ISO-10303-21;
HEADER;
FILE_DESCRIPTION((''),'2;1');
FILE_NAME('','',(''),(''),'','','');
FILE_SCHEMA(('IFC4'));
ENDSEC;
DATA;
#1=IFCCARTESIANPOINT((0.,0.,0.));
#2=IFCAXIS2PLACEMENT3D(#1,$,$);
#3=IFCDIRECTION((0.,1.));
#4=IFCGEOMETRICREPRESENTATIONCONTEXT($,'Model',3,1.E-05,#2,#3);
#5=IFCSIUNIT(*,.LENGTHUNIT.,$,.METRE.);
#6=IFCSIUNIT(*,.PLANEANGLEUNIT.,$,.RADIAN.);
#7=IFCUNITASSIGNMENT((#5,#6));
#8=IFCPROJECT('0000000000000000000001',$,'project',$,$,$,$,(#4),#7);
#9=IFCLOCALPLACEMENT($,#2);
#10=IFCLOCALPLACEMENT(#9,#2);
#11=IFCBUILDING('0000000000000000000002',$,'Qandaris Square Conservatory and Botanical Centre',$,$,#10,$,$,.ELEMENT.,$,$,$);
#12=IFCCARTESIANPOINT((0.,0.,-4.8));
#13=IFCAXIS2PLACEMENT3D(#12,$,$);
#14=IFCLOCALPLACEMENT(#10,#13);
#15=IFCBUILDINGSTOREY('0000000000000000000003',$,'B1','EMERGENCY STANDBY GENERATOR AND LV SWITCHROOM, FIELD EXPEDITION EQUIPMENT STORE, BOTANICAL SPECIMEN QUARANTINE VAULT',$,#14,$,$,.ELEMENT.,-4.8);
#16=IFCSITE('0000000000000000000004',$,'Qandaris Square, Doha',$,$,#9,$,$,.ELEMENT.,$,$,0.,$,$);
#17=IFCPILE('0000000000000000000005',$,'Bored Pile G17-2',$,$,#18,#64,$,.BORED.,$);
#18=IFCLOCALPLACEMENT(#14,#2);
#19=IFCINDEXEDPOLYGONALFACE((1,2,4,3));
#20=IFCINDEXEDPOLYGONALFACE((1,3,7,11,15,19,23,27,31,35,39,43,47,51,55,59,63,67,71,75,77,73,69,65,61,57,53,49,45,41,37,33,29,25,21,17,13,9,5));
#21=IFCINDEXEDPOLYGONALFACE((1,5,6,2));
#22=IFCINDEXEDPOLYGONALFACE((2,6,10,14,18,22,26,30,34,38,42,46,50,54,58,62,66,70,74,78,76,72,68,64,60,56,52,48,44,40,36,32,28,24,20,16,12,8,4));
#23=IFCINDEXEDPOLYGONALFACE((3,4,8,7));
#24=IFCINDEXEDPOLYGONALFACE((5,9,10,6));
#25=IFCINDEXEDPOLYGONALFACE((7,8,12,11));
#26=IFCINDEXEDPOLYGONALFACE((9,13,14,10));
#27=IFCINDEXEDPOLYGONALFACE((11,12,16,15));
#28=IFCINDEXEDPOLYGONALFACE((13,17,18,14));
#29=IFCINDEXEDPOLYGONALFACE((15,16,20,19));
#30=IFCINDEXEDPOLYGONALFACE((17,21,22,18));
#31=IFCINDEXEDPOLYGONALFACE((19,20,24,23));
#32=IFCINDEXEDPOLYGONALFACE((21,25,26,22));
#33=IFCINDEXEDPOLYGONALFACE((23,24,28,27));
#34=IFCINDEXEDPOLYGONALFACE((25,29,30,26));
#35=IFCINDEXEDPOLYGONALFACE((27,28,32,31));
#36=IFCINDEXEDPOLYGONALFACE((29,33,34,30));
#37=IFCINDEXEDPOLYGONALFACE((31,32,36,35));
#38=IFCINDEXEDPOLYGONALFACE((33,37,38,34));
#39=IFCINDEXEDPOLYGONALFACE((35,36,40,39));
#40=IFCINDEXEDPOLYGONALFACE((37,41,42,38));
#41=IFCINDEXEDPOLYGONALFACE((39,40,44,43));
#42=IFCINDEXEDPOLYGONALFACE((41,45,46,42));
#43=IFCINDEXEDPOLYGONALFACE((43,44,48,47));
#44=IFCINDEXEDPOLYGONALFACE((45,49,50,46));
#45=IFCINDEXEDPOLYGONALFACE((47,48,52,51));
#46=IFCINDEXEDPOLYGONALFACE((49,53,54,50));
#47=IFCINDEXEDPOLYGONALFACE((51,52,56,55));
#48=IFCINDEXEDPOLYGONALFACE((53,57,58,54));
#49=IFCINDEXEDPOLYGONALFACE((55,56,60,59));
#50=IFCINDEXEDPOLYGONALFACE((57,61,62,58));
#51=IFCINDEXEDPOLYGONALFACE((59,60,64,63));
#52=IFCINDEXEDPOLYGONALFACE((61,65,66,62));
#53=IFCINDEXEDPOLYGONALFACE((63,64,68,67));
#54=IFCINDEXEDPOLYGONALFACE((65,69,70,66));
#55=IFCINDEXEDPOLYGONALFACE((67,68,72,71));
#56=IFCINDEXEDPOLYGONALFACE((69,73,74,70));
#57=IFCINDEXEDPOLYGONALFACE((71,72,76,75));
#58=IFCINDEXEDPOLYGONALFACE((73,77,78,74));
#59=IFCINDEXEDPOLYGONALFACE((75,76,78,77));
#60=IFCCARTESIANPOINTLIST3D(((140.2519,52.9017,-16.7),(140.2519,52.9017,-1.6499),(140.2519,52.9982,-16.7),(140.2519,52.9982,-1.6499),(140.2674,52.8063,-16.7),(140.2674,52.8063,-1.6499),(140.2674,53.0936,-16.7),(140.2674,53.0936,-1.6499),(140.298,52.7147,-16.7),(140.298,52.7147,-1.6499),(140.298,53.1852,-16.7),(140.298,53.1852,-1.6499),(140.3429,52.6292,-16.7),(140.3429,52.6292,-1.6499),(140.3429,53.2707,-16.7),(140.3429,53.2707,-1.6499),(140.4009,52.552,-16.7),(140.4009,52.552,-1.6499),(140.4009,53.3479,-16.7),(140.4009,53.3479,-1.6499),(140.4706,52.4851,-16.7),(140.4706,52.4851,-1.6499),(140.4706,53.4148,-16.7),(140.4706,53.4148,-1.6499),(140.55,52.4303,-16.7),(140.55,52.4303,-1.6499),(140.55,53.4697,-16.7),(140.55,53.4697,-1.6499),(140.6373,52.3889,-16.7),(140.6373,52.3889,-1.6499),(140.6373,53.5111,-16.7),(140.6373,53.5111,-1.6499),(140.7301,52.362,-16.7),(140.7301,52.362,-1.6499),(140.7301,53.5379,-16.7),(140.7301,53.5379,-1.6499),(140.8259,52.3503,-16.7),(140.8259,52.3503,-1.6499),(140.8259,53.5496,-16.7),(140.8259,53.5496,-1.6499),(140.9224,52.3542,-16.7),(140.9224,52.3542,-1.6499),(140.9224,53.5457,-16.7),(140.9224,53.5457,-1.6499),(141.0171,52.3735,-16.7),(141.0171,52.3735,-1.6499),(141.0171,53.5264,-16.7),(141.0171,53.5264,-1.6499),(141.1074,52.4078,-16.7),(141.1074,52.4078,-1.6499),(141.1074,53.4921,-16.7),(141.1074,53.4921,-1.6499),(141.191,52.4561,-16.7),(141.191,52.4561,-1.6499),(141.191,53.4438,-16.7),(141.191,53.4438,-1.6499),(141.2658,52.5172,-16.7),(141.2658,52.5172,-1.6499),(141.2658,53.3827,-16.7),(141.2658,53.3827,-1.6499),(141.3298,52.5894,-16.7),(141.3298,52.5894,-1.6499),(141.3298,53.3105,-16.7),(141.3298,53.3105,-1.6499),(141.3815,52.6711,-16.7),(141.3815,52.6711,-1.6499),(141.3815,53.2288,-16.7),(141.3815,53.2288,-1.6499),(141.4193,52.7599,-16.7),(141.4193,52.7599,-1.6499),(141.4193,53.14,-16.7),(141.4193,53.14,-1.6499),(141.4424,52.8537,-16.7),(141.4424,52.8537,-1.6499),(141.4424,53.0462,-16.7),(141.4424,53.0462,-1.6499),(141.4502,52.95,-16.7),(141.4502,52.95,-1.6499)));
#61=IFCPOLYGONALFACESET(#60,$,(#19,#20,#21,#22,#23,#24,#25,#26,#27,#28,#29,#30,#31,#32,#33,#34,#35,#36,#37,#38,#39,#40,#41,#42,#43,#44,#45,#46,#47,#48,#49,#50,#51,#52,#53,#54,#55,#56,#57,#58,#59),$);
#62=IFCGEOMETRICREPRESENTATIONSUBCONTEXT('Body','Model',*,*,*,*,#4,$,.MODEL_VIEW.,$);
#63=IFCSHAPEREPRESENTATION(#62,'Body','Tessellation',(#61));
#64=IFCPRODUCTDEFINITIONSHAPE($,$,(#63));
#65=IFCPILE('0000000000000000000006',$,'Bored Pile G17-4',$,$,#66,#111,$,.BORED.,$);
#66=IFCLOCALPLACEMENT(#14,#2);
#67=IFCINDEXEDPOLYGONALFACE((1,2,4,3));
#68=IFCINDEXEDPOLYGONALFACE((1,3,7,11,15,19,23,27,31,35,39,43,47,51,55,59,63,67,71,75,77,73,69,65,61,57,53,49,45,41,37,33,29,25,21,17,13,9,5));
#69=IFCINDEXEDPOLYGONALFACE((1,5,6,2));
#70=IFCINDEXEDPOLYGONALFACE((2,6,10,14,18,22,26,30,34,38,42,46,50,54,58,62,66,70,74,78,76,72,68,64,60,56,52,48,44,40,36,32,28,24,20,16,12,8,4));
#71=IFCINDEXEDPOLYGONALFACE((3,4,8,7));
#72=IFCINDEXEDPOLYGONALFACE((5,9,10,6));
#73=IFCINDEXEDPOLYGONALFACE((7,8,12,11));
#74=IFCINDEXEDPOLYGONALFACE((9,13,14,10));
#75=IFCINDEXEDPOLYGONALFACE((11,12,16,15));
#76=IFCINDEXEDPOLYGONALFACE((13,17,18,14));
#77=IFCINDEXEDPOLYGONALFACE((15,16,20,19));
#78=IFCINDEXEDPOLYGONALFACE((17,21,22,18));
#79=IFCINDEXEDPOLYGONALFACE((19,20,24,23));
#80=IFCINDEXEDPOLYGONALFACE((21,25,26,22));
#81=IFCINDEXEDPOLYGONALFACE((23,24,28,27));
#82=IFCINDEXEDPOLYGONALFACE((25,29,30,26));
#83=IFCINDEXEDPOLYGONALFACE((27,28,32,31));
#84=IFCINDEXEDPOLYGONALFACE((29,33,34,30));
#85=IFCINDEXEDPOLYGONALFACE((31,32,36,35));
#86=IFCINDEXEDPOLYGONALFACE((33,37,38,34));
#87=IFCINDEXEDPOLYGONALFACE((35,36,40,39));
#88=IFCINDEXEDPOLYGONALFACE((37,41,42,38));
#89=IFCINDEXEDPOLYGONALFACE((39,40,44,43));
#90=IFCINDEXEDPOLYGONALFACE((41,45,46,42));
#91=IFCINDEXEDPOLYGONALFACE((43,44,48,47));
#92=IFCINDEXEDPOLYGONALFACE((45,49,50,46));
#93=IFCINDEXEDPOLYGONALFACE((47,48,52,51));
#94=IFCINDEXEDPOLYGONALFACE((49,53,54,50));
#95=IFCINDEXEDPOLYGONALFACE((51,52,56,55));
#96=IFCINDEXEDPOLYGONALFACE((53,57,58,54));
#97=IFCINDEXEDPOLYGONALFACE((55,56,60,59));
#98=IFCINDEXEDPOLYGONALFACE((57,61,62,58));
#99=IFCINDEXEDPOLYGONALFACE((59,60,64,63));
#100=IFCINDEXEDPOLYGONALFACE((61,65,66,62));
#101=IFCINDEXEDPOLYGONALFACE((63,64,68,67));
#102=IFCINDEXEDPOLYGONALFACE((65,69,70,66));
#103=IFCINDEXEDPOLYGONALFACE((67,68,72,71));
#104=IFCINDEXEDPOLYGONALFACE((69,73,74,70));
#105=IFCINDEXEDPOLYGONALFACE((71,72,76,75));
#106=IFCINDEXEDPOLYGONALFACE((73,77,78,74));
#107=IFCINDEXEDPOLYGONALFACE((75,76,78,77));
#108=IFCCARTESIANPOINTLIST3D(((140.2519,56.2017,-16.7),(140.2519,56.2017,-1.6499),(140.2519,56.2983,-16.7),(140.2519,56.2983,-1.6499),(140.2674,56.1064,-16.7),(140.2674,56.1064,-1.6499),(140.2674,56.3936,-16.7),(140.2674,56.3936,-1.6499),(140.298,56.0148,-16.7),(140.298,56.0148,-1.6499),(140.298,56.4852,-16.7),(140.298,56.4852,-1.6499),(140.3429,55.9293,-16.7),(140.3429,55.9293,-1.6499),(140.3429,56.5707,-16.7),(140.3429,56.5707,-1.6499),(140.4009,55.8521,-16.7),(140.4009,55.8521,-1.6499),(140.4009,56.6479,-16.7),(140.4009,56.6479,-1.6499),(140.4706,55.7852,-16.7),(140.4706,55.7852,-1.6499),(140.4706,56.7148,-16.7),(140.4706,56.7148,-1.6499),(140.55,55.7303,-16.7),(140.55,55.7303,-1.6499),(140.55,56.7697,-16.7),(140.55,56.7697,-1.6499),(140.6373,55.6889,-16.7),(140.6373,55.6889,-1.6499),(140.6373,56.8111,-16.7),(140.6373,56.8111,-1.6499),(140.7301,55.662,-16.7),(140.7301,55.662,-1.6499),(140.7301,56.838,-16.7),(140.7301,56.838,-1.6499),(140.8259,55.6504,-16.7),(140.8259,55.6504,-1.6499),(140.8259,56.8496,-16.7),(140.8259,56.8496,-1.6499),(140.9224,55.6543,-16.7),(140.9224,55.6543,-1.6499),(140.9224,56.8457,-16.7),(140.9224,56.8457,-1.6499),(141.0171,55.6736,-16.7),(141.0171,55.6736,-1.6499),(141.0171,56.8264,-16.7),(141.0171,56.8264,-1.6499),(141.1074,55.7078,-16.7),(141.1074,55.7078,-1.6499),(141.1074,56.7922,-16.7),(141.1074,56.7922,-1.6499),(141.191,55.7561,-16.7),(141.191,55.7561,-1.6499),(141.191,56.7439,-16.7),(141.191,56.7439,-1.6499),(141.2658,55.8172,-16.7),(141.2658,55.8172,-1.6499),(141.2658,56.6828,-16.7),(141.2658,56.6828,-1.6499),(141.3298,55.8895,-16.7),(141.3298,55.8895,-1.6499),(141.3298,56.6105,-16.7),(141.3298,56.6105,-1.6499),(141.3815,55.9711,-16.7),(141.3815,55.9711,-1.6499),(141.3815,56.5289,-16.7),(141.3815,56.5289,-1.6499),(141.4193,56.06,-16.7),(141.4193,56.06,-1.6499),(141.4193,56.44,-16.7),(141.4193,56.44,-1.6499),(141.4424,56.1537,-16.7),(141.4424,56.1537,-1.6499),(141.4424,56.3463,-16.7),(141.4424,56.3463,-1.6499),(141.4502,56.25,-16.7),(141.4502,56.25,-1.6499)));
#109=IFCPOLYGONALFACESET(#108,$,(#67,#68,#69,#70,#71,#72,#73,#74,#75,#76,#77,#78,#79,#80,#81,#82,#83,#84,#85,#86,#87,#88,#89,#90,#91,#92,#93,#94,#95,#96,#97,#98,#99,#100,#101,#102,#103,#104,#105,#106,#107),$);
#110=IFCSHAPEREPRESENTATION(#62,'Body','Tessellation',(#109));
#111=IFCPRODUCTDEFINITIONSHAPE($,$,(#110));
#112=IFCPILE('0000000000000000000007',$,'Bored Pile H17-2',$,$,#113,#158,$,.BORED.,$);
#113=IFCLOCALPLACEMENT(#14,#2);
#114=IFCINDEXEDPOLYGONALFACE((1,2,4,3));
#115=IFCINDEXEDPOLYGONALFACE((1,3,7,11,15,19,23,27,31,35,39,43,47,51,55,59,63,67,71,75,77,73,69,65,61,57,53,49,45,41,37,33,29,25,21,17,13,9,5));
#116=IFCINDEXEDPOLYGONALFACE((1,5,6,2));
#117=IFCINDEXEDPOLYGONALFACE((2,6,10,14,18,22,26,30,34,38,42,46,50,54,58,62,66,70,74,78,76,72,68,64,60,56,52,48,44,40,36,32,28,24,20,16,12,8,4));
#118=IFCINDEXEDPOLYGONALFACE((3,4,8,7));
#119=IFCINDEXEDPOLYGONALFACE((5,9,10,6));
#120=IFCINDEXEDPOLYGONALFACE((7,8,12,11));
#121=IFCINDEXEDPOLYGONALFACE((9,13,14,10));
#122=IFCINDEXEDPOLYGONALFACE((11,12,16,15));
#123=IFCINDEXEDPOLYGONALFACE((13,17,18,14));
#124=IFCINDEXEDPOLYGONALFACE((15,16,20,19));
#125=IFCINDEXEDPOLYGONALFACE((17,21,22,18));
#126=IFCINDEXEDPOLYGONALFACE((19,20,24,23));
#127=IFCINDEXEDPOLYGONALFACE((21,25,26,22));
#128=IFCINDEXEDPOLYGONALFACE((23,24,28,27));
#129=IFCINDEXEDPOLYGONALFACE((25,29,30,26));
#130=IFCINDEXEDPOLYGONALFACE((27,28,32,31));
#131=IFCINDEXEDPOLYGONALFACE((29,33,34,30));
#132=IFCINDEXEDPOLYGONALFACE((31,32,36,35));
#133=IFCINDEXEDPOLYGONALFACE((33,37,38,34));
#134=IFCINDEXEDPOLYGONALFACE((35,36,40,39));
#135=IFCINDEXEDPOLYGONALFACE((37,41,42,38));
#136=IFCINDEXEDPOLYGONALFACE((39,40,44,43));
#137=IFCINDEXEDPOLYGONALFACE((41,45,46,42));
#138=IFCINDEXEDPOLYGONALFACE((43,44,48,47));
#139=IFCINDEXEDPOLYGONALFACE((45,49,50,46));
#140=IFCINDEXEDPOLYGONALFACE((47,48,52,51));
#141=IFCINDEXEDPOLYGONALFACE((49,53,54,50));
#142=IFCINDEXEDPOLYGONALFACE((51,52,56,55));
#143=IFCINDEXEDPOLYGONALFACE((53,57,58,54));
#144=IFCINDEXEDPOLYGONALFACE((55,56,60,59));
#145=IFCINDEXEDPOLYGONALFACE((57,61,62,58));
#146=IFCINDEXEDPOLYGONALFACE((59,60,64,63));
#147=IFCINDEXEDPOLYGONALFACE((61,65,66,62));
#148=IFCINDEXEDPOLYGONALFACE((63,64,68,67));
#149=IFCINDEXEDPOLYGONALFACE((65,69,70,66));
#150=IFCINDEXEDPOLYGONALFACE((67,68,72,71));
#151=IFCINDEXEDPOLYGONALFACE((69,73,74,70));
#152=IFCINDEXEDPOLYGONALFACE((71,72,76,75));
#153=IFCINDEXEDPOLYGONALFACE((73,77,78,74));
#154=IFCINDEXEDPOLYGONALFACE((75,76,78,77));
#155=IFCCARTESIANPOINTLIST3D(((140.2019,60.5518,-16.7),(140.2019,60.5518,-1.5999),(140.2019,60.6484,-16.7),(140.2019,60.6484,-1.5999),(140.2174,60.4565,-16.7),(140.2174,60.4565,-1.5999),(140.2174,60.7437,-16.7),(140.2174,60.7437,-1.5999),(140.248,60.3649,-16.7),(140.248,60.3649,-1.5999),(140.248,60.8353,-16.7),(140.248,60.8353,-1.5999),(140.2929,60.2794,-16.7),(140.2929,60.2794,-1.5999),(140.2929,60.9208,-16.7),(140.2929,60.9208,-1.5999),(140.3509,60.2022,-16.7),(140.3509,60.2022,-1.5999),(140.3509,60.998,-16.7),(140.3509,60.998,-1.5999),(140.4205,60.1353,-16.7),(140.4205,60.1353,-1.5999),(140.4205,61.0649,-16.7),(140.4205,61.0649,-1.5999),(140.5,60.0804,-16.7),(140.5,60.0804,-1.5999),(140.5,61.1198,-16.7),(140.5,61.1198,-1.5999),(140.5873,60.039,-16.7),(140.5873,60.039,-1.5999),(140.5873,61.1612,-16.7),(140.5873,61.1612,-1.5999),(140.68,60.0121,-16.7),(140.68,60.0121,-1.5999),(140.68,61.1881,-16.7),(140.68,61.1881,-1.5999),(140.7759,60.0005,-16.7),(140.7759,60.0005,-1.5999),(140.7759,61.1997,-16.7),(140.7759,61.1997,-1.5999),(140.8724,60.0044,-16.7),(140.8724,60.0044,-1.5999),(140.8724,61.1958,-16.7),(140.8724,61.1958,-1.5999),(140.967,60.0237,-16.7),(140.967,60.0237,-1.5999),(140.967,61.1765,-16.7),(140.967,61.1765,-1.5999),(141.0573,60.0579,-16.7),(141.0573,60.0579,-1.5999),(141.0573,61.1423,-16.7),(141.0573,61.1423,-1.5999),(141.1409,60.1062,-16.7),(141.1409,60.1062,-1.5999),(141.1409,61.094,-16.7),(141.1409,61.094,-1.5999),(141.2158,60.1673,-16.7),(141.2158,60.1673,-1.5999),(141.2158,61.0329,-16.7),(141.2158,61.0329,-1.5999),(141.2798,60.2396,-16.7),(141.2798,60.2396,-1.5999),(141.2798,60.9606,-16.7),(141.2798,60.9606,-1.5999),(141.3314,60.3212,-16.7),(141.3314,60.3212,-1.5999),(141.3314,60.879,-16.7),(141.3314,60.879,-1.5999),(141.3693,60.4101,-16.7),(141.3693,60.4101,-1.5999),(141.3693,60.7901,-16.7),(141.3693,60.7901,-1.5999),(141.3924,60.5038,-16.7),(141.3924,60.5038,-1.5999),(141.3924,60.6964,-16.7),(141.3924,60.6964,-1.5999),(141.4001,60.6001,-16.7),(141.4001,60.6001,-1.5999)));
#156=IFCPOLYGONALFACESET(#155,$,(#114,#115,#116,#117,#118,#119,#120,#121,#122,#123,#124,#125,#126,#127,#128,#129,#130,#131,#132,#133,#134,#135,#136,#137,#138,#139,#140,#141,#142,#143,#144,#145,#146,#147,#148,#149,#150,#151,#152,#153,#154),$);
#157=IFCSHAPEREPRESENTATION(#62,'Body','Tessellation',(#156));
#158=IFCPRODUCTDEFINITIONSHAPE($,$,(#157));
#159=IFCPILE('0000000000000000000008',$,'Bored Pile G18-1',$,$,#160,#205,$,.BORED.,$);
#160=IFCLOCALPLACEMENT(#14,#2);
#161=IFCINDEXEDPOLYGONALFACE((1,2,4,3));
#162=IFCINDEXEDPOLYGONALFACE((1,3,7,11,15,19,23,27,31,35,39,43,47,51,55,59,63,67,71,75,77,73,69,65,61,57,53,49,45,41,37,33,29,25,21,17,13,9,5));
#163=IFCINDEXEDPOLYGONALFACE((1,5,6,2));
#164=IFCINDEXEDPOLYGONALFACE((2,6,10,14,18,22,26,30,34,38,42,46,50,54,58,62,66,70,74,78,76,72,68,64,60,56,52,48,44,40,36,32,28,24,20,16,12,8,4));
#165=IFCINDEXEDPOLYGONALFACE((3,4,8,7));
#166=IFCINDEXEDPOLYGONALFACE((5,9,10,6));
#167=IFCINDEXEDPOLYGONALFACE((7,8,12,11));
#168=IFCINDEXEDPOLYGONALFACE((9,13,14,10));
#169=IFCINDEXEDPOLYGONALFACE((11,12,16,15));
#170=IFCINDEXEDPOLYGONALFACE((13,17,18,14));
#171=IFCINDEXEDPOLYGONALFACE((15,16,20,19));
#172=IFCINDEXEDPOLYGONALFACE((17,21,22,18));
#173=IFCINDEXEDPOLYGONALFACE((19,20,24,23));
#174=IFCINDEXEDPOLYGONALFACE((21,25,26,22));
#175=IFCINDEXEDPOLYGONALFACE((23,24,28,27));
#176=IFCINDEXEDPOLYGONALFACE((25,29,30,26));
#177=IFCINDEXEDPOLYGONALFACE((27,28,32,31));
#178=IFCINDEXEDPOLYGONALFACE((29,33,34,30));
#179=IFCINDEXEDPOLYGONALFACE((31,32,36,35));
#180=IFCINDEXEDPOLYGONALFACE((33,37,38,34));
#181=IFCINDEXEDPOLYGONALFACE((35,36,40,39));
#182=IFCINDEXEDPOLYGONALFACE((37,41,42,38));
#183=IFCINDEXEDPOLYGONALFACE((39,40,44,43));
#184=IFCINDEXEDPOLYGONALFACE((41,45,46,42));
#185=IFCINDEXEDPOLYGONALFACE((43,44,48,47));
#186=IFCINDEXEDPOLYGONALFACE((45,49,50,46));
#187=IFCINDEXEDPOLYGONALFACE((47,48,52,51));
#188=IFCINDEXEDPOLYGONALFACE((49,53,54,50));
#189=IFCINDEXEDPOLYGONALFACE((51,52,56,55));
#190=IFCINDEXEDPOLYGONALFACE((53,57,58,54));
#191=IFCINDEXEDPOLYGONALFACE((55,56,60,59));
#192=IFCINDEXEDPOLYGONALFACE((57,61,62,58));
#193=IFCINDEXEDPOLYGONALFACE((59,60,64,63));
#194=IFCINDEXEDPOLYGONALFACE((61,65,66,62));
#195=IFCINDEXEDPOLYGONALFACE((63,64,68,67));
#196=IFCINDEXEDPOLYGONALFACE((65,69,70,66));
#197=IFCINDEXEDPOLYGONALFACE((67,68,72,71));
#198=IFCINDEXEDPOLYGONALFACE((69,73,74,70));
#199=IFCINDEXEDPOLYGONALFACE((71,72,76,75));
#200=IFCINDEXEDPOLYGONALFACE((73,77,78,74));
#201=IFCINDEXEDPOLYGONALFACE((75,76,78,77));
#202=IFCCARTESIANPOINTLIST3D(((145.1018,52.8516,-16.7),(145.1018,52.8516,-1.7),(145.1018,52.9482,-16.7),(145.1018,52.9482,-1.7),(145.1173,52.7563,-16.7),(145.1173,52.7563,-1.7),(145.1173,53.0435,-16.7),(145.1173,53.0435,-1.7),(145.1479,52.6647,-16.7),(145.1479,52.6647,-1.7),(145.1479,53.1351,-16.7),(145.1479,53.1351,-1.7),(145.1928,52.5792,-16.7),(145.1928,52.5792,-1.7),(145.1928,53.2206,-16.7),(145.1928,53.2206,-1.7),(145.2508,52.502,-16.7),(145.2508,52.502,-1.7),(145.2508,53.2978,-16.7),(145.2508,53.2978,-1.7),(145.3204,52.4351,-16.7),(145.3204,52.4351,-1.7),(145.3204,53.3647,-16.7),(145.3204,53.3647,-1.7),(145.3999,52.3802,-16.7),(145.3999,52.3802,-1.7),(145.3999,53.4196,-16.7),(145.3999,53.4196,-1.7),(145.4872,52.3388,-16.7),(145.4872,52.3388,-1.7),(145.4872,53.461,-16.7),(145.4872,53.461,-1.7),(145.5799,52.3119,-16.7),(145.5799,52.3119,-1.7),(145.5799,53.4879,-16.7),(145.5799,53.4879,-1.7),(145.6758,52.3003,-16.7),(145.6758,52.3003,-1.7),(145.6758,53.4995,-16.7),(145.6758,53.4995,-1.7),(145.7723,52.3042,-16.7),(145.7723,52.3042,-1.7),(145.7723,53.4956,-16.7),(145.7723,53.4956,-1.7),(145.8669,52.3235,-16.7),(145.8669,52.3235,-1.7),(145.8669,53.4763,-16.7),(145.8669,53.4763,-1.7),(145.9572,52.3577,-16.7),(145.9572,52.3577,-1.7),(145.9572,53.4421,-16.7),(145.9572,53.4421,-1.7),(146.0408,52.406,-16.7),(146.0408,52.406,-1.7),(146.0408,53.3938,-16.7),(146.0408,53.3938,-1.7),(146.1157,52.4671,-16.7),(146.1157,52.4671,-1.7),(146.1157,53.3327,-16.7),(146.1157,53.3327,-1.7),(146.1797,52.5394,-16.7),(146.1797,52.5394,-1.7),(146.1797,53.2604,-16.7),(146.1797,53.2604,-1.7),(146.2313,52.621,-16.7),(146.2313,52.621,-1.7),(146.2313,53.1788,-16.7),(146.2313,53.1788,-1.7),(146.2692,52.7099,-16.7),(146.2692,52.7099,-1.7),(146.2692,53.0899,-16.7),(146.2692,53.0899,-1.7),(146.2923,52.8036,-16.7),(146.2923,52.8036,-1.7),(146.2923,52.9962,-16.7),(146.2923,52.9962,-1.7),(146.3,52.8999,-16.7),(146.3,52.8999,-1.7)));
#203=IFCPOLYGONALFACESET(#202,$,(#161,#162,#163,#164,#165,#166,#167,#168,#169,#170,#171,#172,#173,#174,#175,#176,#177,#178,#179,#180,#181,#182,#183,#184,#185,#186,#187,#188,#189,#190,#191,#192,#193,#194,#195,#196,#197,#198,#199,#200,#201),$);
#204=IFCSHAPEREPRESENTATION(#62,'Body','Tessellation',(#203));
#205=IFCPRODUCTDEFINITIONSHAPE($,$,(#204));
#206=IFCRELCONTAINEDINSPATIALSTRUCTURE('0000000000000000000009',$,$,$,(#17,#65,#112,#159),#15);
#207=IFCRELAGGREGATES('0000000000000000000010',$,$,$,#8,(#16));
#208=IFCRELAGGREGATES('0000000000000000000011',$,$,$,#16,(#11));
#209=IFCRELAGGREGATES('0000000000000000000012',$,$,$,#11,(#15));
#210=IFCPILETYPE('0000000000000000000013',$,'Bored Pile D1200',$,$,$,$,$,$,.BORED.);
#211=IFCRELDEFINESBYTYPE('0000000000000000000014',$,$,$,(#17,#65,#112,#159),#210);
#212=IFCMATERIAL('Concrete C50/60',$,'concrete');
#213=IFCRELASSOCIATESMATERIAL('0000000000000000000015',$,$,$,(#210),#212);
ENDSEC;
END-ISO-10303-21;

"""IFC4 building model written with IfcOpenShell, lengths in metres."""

from ifc_helpers import new_model, si_unit, direction, frame, origin, origin_2d, place, context, subcontext, project, spatial, circle, extrude, material, material_profile, profile_set, type_object, element, save


model = new_model("IFC4")

# Units and contexts
model_context = context("Model", 3, precision=1e-05, world=origin(), true_north=direction((0.0, 1.0)))
body_context = subcontext(model_context, "Body", "Model", "MODEL_VIEW")
ifc_project = project(units=[si_unit("LENGTHUNIT", "METRE"), si_unit("PLANEANGLEUNIT", "RADIAN")], contexts=[model_context])

# Site, building, storey
site_placement = place(None, origin())
site = spatial("IfcSite", under=ifc_project, at=site_placement, Name="Qandaris Square, Doha", CompositionType="ELEMENT", RefElevation=0.0)
building_placement = place(site_placement, origin())
building = spatial("IfcBuilding", under=site, at=building_placement, Name="Qandaris Square Conservatory and Botanical Centre", CompositionType="ELEMENT")
storey_placement = place(building_placement, frame((0.0, 0.0, -4.8)))
storey = spatial("IfcBuildingStorey", under=building, at=storey_placement, Name="B1", Description="EMERGENCY STANDBY GENERATOR AND LV SWITCHROOM, FIELD EXPEDITION EQUIPMENT STORE, BOTANICAL SPECIMEN QUARANTINE VAULT", CompositionType="ELEMENT", Elevation=-4.8)

# Piles
ifc_material_1 = material(Name="Concrete C50/60", Category="concrete")
ifc_material_profile_1 = material_profile(ifc_material_1, circle(Radius=0.6001, at=origin_2d()), Name="PILE D1200")
ifc_profile_set_1 = profile_set([ifc_material_profile_1], Name="Concrete C50/60")
pile_type = type_object("IfcPileType", Name="Bored Pile D1200", PredefinedType="BORED", material=ifc_profile_set_1)
for number, where, z_axis, x_axis, name in (
    (1, (140.8501, 52.95, -1.6499), (0.0, 0.0, -1.0), (1.0, 0.0, 0.0), "Bored Pile G17-2"),
    (2, (140.8501, 56.25, -1.6499), (0.0, 0.0, -1.0), (1.0, 0.0, 0.0), "Bored Pile G17-4"),
):
    element("IfcPile", number, at=place(storey_placement, frame(where, z_axis=z_axis, x_axis=x_axis)), inside=storey, type_object=pile_type, Name=name, PredefinedType="BORED", context=body_context, shape_type="SweptSolid", body=[
        extrude(circle(Radius=0.6001, at=origin_2d()), origin(), (0.0, 0.0, 1.0), 15.05),
    ])
pile_1_placement = place(storey_placement, frame((140.8, 60.6001, -1.5999), z_axis=(0.0, 0.0, -1.0), x_axis=(1.0, 0.0, 0.0)))
element("IfcPile", 3, at=pile_1_placement, inside=storey, type_object=pile_type, Name="Bored Pile H17-2", PredefinedType="BORED", context=body_context, shape_type="SweptSolid", body=[
    extrude(circle(Radius=0.6001, at=origin_2d()), origin(), (0.0, 0.0, 1.0), 15.1001),
])
for number, where, z_axis, x_axis, name in (
    (4, (145.7, 52.8999, -1.7), (0.0, 0.0, -1.0), (1.0, 0.0, 0.0), "Bored Pile G18-1"),
):
    element("IfcPile", number, at=place(storey_placement, frame(where, z_axis=z_axis, x_axis=x_axis)), inside=storey, type_object=pile_type, Name=name, PredefinedType="BORED", context=body_context, shape_type="SweptSolid", body=[
        extrude(circle(Radius=0.6001, at=origin_2d()), origin(), (0.0, 0.0, 1.0), 15.0),
    ])

save(model, "model.ifc")
